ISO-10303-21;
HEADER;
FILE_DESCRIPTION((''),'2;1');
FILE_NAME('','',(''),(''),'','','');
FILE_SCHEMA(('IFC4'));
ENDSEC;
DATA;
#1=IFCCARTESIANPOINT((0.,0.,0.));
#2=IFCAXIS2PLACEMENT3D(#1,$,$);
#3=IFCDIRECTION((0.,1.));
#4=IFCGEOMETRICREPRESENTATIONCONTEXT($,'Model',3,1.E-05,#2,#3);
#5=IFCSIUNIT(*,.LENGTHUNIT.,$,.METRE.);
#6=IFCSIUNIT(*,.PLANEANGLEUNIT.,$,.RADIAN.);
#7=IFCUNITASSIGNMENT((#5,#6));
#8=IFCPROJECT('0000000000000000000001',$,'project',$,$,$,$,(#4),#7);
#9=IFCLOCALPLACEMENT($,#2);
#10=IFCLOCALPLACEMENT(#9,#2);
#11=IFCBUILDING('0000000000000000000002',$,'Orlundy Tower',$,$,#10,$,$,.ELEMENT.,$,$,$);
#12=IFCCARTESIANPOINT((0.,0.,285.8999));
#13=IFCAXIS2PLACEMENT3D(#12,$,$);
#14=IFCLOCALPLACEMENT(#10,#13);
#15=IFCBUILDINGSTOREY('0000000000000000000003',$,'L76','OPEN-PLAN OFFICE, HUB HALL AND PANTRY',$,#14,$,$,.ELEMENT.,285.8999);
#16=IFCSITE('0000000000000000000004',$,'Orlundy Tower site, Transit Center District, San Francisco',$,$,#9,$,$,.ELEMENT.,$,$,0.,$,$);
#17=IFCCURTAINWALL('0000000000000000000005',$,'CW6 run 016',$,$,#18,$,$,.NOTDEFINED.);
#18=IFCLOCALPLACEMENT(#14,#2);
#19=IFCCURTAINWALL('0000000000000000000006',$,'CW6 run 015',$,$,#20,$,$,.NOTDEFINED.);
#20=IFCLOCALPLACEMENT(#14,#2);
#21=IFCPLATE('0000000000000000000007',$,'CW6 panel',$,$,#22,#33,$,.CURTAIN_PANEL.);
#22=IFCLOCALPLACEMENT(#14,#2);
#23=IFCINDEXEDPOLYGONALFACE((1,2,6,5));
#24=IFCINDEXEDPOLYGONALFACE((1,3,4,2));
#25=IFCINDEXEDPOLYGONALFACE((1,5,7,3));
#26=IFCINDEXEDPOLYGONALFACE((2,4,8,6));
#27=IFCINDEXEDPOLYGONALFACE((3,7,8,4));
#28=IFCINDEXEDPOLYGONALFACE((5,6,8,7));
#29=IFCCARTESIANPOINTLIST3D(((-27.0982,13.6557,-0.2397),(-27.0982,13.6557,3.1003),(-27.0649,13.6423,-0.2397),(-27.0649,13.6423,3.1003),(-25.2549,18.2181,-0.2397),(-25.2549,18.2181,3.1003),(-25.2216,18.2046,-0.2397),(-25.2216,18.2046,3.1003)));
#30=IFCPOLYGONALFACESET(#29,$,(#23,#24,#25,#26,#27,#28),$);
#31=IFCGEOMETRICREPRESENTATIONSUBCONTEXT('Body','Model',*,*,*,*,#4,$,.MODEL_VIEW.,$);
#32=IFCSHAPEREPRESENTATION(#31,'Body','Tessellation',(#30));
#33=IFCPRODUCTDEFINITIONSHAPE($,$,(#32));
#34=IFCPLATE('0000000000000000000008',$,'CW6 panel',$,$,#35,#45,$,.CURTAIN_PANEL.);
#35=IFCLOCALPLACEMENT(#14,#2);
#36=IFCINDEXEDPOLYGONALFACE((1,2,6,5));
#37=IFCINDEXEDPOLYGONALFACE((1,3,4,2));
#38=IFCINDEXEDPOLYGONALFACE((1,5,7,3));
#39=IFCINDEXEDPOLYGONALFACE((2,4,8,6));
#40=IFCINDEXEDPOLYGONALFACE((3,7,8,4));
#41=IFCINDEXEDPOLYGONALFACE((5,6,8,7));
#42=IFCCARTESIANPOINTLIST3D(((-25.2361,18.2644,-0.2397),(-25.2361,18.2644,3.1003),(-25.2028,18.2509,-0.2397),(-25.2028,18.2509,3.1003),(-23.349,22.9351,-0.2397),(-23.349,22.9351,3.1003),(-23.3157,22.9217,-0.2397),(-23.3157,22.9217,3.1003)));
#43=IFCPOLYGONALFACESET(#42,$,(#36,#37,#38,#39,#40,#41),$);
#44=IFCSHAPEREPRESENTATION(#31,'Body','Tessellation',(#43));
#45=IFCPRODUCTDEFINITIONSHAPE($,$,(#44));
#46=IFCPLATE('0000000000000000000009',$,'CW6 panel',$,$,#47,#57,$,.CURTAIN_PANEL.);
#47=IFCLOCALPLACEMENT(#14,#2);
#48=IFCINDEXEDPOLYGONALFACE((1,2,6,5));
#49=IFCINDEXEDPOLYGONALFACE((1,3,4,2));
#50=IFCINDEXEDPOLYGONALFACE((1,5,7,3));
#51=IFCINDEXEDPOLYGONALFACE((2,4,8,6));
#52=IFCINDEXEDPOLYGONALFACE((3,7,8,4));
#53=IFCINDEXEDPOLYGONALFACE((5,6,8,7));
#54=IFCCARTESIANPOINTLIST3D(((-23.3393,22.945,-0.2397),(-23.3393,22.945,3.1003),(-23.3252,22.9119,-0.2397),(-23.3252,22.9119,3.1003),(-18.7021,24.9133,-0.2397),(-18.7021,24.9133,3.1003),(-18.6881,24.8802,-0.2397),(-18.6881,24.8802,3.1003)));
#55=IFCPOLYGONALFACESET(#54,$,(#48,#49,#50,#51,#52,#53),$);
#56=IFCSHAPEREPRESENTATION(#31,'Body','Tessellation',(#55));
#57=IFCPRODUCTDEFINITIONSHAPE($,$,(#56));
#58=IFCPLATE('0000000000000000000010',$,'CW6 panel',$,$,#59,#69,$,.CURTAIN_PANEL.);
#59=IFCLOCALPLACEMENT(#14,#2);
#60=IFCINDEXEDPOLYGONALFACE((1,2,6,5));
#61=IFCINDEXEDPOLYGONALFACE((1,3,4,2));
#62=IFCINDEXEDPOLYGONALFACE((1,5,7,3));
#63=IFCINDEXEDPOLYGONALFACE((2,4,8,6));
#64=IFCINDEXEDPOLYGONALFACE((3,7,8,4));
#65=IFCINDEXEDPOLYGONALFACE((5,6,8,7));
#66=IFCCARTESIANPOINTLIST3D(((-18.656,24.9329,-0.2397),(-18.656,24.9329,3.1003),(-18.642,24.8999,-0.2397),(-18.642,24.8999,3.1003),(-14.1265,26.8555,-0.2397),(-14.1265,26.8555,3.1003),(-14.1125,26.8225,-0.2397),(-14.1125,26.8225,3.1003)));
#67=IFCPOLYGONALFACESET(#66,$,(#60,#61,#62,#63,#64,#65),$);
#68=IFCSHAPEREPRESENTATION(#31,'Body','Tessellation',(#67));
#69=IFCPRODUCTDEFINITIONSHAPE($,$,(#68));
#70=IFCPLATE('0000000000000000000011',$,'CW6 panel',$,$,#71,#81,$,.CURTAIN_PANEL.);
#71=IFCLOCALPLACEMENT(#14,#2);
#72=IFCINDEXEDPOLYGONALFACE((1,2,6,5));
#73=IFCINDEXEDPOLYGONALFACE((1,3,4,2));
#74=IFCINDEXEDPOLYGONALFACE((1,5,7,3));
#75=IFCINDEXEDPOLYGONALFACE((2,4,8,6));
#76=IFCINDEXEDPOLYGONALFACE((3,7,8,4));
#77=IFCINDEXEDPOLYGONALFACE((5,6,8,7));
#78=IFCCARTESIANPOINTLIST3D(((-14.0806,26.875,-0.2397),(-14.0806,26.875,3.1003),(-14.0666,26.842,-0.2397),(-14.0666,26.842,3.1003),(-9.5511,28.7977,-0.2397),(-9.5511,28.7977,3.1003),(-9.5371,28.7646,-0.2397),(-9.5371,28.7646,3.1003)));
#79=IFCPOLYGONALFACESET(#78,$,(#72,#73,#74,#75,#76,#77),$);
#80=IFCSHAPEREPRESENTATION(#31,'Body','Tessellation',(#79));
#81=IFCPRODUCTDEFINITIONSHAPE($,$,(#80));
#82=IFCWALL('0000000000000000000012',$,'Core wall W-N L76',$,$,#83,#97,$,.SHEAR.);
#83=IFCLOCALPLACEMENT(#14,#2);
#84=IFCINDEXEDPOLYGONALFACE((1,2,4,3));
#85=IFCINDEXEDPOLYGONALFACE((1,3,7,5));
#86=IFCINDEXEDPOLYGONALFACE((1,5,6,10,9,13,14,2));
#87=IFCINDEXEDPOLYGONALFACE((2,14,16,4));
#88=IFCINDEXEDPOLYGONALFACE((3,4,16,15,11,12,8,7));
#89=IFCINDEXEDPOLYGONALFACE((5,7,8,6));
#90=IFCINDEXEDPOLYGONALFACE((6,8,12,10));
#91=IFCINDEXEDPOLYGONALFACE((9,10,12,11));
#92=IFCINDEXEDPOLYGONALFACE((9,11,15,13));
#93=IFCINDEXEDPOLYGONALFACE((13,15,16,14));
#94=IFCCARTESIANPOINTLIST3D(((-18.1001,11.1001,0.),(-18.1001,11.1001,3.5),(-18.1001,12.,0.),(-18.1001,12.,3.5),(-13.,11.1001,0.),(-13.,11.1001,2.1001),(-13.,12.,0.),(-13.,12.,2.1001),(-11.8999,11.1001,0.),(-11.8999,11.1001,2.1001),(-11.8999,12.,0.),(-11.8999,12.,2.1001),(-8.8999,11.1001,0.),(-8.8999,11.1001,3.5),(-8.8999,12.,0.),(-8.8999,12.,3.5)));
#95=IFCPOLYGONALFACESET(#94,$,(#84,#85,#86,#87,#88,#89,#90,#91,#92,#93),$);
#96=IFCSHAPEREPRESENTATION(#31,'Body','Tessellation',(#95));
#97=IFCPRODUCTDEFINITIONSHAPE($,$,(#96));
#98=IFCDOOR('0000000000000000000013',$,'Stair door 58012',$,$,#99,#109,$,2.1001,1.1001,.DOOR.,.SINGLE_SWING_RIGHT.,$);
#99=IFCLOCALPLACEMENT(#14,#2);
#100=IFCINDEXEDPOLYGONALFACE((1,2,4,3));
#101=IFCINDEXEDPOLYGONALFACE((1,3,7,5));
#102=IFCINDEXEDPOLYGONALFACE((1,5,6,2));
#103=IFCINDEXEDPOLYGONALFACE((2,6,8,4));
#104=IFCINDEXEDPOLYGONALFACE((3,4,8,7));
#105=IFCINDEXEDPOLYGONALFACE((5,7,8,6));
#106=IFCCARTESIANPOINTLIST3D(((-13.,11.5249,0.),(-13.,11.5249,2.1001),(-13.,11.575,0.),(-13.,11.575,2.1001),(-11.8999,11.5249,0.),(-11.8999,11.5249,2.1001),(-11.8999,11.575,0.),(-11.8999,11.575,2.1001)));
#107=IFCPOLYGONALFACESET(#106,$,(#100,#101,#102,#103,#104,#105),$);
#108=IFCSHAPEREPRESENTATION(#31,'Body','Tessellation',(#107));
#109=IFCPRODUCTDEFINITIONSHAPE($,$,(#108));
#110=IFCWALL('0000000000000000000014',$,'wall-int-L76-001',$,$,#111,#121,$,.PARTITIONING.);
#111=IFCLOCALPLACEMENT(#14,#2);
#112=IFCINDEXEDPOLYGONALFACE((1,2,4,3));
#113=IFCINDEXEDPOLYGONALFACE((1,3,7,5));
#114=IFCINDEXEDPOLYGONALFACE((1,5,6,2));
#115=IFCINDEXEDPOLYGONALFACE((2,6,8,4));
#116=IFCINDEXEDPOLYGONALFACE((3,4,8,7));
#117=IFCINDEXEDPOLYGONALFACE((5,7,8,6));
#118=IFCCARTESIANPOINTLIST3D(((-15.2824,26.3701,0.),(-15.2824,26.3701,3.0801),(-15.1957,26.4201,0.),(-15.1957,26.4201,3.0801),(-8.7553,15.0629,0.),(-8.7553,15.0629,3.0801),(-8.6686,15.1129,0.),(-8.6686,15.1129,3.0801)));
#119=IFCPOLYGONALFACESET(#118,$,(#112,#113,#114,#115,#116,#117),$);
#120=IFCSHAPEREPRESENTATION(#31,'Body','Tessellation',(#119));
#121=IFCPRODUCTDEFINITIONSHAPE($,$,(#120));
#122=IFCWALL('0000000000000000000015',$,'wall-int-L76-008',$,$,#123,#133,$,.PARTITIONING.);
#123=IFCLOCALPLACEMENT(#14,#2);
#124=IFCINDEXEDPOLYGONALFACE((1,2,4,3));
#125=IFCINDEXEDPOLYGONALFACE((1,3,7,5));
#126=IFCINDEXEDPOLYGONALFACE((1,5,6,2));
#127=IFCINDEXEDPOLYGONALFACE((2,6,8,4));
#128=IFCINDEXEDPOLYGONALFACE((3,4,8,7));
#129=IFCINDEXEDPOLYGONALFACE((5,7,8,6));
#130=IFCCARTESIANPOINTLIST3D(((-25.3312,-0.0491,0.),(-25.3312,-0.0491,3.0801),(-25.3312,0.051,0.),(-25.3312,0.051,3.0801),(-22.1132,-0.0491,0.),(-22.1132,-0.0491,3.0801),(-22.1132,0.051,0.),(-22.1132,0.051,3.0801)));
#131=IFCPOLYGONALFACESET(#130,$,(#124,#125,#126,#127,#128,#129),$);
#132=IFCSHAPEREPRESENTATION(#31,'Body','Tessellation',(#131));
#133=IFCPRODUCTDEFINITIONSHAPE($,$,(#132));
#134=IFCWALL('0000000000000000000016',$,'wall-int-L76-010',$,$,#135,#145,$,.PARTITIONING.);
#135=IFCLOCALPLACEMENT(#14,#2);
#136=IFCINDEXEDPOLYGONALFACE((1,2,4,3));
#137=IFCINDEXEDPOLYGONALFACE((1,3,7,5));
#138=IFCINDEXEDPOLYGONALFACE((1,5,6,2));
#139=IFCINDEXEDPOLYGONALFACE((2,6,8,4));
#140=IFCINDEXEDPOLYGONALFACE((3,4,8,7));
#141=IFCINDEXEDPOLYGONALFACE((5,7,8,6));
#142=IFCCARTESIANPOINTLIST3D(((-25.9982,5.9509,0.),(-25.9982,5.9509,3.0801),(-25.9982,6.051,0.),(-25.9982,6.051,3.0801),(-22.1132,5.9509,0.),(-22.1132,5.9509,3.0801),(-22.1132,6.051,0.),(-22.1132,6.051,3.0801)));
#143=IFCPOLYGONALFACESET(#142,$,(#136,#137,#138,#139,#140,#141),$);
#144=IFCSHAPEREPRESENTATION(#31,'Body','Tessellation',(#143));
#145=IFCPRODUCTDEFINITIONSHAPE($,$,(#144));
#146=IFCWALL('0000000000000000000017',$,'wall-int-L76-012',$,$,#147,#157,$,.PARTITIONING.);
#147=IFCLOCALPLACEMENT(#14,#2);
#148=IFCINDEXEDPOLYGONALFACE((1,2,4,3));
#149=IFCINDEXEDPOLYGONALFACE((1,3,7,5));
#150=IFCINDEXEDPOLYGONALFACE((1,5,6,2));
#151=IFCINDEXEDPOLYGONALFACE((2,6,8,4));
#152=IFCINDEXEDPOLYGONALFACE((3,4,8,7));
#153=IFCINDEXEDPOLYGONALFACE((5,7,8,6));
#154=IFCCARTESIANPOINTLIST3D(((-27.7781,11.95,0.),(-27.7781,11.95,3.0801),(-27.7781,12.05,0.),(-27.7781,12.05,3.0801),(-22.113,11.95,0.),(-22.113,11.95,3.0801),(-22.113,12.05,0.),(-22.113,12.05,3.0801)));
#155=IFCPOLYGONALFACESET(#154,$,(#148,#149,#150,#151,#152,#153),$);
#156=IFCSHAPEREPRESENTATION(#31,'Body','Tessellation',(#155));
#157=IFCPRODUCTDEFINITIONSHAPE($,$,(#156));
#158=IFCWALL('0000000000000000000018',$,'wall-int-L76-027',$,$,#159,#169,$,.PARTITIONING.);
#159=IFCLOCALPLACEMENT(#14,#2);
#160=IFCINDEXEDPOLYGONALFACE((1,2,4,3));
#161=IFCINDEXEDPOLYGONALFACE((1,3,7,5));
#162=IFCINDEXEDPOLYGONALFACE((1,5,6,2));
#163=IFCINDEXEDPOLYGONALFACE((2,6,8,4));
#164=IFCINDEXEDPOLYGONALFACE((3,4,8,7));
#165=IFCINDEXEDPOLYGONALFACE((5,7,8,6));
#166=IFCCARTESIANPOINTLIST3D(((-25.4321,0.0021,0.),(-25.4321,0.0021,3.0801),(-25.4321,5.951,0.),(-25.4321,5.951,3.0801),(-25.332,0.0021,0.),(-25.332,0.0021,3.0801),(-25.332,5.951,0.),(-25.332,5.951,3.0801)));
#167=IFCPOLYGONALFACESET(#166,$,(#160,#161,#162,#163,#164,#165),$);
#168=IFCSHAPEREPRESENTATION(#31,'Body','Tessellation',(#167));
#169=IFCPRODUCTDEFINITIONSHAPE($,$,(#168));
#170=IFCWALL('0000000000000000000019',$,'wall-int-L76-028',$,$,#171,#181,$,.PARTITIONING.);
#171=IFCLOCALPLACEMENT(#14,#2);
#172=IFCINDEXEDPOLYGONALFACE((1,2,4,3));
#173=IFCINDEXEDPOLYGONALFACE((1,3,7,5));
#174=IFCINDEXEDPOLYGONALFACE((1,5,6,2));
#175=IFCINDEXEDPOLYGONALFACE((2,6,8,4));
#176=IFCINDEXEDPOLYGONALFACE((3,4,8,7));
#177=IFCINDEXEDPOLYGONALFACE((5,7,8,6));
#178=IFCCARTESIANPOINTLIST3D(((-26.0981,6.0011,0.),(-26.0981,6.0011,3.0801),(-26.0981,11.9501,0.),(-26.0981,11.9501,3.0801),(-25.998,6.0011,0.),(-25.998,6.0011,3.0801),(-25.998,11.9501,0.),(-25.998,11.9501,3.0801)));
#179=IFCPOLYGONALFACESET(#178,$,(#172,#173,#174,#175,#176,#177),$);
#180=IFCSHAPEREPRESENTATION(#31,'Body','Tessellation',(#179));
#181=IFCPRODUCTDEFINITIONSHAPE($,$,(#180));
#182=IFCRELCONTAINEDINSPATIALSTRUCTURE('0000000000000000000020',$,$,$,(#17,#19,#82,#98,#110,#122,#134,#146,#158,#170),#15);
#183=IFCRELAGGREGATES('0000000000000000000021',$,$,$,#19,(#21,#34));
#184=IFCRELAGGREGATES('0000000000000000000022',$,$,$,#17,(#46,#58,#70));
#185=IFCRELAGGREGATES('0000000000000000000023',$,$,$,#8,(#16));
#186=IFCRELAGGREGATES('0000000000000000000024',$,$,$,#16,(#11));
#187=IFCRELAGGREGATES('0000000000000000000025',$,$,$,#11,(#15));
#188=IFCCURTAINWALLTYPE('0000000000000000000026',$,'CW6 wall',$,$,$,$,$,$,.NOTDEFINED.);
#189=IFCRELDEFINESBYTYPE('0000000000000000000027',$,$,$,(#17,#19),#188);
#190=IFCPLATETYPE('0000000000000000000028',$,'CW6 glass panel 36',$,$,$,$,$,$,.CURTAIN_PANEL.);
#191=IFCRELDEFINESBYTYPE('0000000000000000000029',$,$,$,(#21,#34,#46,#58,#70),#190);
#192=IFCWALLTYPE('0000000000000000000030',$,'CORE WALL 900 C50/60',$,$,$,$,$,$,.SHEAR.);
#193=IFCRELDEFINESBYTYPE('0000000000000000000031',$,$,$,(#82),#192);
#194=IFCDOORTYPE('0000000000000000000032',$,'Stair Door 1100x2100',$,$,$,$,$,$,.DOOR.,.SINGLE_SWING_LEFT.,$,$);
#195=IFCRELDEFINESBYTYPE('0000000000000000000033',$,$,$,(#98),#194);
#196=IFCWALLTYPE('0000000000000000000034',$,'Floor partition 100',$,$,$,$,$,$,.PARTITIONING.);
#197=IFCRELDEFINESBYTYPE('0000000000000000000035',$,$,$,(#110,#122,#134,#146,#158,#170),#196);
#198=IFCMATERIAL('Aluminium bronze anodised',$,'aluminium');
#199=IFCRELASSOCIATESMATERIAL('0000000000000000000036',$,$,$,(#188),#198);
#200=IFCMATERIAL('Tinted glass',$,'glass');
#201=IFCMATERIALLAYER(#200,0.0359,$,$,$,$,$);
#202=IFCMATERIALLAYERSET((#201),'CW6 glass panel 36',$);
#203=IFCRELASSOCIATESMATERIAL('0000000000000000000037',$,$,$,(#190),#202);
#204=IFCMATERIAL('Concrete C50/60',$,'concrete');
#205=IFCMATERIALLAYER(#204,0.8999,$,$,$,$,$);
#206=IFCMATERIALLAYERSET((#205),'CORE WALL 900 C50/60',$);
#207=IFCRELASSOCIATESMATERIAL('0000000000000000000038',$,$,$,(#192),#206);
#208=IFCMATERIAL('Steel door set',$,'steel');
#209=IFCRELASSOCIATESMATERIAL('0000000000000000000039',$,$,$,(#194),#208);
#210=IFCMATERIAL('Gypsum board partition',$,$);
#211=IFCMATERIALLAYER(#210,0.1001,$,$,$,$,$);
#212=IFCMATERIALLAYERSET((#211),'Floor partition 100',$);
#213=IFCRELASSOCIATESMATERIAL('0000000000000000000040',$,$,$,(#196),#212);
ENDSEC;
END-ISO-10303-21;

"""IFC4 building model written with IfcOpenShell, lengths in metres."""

from ifc_helpers import new_model, si_unit, direction, frame, frame_2d, origin, origin_2d, place, context, subcontext, project, spatial, rectangle, extrude, material, layer, layer_set, type_object, element, fill, aggregate, save


model = new_model("IFC4")

# Units and contexts
model_context = context("Model", 3, precision=1e-05, world=origin(), true_north=direction((0.0, 1.0)))
body_context = subcontext(model_context, "Body", "Model", "MODEL_VIEW")
ifc_project = project(units=[si_unit("LENGTHUNIT", "METRE"), si_unit("PLANEANGLEUNIT", "RADIAN")], contexts=[model_context])

# Site, building, storey
site_placement = place(None, origin())
site = spatial("IfcSite", under=ifc_project, at=site_placement, Name="Orlundy Tower site, Transit Center District, San Francisco", CompositionType="ELEMENT", RefElevation=0.0)
building_placement = place(site_placement, origin())
building = spatial("IfcBuilding", under=site, at=building_placement, Name="Orlundy Tower", CompositionType="ELEMENT")
storey_placement = place(building_placement, frame((0.0, 0.0, 285.8999)))
storey = spatial("IfcBuildingStorey", under=building, at=storey_placement, Name="L76", Description="OPEN-PLAN OFFICE, HUB HALL AND PANTRY", CompositionType="ELEMENT", Elevation=285.8999)

# Curtain wall
ifc_material_1 = material(Name="Aluminium bronze anodised", Category="aluminium")
curtain_wall_type = type_object("IfcCurtainWallType", Name="CW6 wall", PredefinedType="NOTDEFINED", material=ifc_material_1)
curtain_wall_1_placement = place(storey_placement, origin())
curtain_wall_1 = element("IfcCurtainWall", 1, at=curtain_wall_1_placement, inside=storey, type_object=curtain_wall_type, Name="CW6 run 016", PredefinedType="NOTDEFINED")

# Curtain wall
curtain_wall_2_placement = place(storey_placement, origin())
curtain_wall_2 = element("IfcCurtainWall", 2, at=curtain_wall_2_placement, inside=storey, type_object=curtain_wall_type, Name="CW6 run 015", PredefinedType="NOTDEFINED")

# Plates
ifc_material_2 = material(Name="Tinted glass", Category="glass")
ifc_layer_1 = layer(ifc_material_2, 0.0359)
ifc_layer_set_1 = layer_set([ifc_layer_1], Name="CW6 glass panel 36")
plate_type = type_object("IfcPlateType", Name="CW6 glass panel 36", PredefinedType="CURTAIN_PANEL", material=ifc_layer_set_1)
plate_1_placement = place(storey_placement, frame((-26.1599, 15.9302, -0.2397), z_axis=(0.0, 0.0, 1.0), x_axis=(0.374607, 0.927184, 0.0)))
plate_1 = element("IfcPlate", 3, at=plate_1_placement, type_object=plate_type, Name="CW6 panel", PredefinedType="CURTAIN_PANEL", context=body_context, shape_type="SweptSolid", body=[
    extrude(rectangle(XDim=4.9207, YDim=0.0359, at=origin_2d()), origin(), (0.0, 0.0, 1.0), 3.3401),
])
plate_2_placement = place(storey_placement, frame((-24.2759, 20.593, -0.2397), z_axis=(0.0, 0.0, 1.0), x_axis=(0.374607, 0.927184, 0.0)))
plate_2 = element("IfcPlate", 4, at=plate_2_placement, type_object=plate_type, Name="CW6 panel", PredefinedType="CURTAIN_PANEL", context=body_context, shape_type="SweptSolid", body=[
    extrude(rectangle(XDim=5.0376, YDim=0.0359, at=origin_2d()), origin(), (0.0, 0.0, 1.0), 3.3401),
])
aggregate(curtain_wall_2, [plate_1, plate_2])
plate_3_placement = place(storey_placement, frame((-21.0137, 23.9126, -0.2397), z_axis=(0.0, 0.0, 1.0), x_axis=(0.920507, 0.390727, 0.0)))
plate_3 = element("IfcPlate", 5, at=plate_3_placement, type_object=plate_type, Name="CW6 panel", PredefinedType="CURTAIN_PANEL", context=body_context, shape_type="SweptSolid", body=[
    extrude(rectangle(XDim=5.0376, YDim=0.0359, at=origin_2d()), origin(), (0.0, 0.0, 1.0), 3.3401),
])
plate_4_placement = place(storey_placement, frame((-16.3843, 25.8777, -0.2397), z_axis=(0.0, 0.0, 1.0), x_axis=(0.920507, 0.390727, 0.0)))
plate_4 = element("IfcPlate", 6, at=plate_4_placement, type_object=plate_type, Name="CW6 panel", PredefinedType="CURTAIN_PANEL", context=body_context, shape_type="SweptSolid", body=[
    extrude(rectangle(XDim=4.9207, YDim=0.0359, at=origin_2d()), origin(), (0.0, 0.0, 1.0), 3.3401),
])
plate_5_placement = place(storey_placement, frame((-11.8088, 27.8198, -0.2397), z_axis=(0.0, 0.0, 1.0), x_axis=(0.920507, 0.390727, 0.0)))
plate_5 = element("IfcPlate", 7, at=plate_5_placement, type_object=plate_type, Name="CW6 panel", PredefinedType="CURTAIN_PANEL", context=body_context, shape_type="SweptSolid", body=[
    extrude(rectangle(XDim=4.9207, YDim=0.0359, at=origin_2d()), origin(), (0.0, 0.0, 1.0), 3.3401),
])
aggregate(curtain_wall_1, [plate_3, plate_4, plate_5])

# Wall, opening, door
ifc_material_3 = material(Name="Concrete C50/60", Category="concrete")
ifc_layer_2 = layer(ifc_material_3, 0.8999)
ifc_layer_set_2 = layer_set([ifc_layer_2], Name="CORE WALL 900 C50/60")
wall_type_1 = type_object("IfcWallType", Name="CORE WALL 900 C50/60", PredefinedType="SHEAR", material=ifc_layer_set_2)
wall_1_placement = place(storey_placement, frame((-18.1001, 11.55, 0.0), z_axis=(0.0, 0.0, 1.0), x_axis=(1.0, 0.0, 0.0)))
wall_1 = element("IfcWall", 8, at=wall_1_placement, inside=storey, type_object=wall_type_1, Name="Core wall W-N L76", PredefinedType="SHEAR", context=body_context, shape_type="SweptSolid", body=[
    extrude(rectangle(XDim=9.2002, YDim=0.8999, at=frame_2d((4.6001, 0.0))), origin(), (0.0, 0.0, 1.0), 3.5),
])
opening_1_placement = place(wall_1_placement, frame((5.1001, 0.0, 0.0)))
opening_1 = element("IfcOpeningElement", 9, at=opening_1_placement, cuts=wall_1, PredefinedType="OPENING", context=body_context, shape_type="SweptSolid", body=[
    extrude(rectangle(XDim=1.1001, YDim=2.1001, at=frame_2d((0.55, 1.05))), frame((0.0, 0.46, 0.0), z_axis=(0.0, -1.0, 0.0), x_axis=(1.0, 0.0, 0.0)), (0.0, 0.0, 1.0), 0.9199),
])
ifc_material_4 = material(Name="Steel door set", Category="steel")
door_type_1 = type_object("IfcDoorType", Name="Stair Door 1100x2100", OperationType="SINGLE_SWING_LEFT", PredefinedType="DOOR", material=ifc_material_4)
door_1_placement = place(opening_1_placement, origin())
door_1 = element("IfcDoor", 10, at=door_1_placement, inside=storey, type_object=door_type_1, Name="Stair door 58012", OperationType="SINGLE_SWING_RIGHT", OverallHeight=2.1001, OverallWidth=1.1001, PredefinedType="DOOR", context=body_context, shape_type="SweptSolid", body=[
    extrude(rectangle(XDim=1.1001, YDim=2.1001, at=frame_2d((0.55, 1.05))), frame((0.0, 0.0249, 0.0), z_axis=(0.0, -1.0, 0.0), x_axis=(1.0, 0.0, 0.0)), (0.0, 0.0, 1.0), 0.05),
])
fill(opening_1, door_1)

# Walls
ifc_material_5 = material(Name="Gypsum board partition")
ifc_layer_3 = layer(ifc_material_5, 0.1001)
ifc_layer_set_3 = layer_set([ifc_layer_3], Name="Floor partition 100")
wall_type_2 = type_object("IfcWallType", Name="Floor partition 100", PredefinedType="PARTITIONING", material=ifc_layer_set_3)
wall_2_placement = place(storey_placement, frame((-15.239, 26.395, 0.0), z_axis=(0.0, 0.0, 1.0), x_axis=(0.499938, -0.866061, 0.0)))
element("IfcWall", 11, at=wall_2_placement, inside=storey, type_object=wall_type_2, Name="wall-int-L76-001", PredefinedType="PARTITIONING", context=body_context, shape_type="SweptSolid", body=[
    extrude(rectangle(XDim=13.0559, YDim=0.1001, at=frame_2d((6.5278, 0.0))), origin(), (0.0, 0.0, 1.0), 3.0801),
])
wall_3_placement = place(storey_placement, frame((-25.3311, 0.001, 0.0), z_axis=(0.0, 0.0, 1.0), x_axis=(1.0, 0.0, 0.0)))
element("IfcWall", 12, at=wall_3_placement, inside=storey, type_object=wall_type_2, Name="wall-int-L76-008", PredefinedType="PARTITIONING", context=body_context, shape_type="SweptSolid", body=[
    extrude(rectangle(XDim=3.218, YDim=0.1001, at=frame_2d((1.6089, 0.0))), origin(), (0.0, 0.0, 1.0), 3.0801),
])
wall_4_placement = place(storey_placement, frame((-25.998, 6.001, 0.0), z_axis=(0.0, 0.0, 1.0), x_axis=(1.0, 0.0, 0.0)))
element("IfcWall", 13, at=wall_4_placement, inside=storey, type_object=wall_type_2, Name="wall-int-L76-010", PredefinedType="PARTITIONING", context=body_context, shape_type="SweptSolid", body=[
    extrude(rectangle(XDim=3.885, YDim=0.1001, at=frame_2d((1.9424, 0.0))), origin(), (0.0, 0.0, 1.0), 3.0801),
])
wall_5_placement = place(storey_placement, frame((-27.7781, 12.0, 0.0), z_axis=(0.0, 0.0, 1.0), x_axis=(1.0, 0.0, 0.0)))
element("IfcWall", 14, at=wall_5_placement, inside=storey, type_object=wall_type_2, Name="wall-int-L76-012", PredefinedType="PARTITIONING", context=body_context, shape_type="SweptSolid", body=[
    extrude(rectangle(XDim=5.665, YDim=0.1001, at=frame_2d((2.8325, 0.0))), origin(), (0.0, 0.0, 1.0), 3.0801),
])
for number, where, z_axis, x_axis, name in (
    (15, (-25.3821, 0.002, 0.0), (0.0, 0.0, 1.0), (0.0, 1.0, 0.0), "wall-int-L76-027"),
    (16, (-26.0481, 6.001, 0.0), (0.0, 0.0, 1.0), (0.0, 1.0, 0.0), "wall-int-L76-028"),
):
    element("IfcWall", number, at=place(storey_placement, frame(where, z_axis=z_axis, x_axis=x_axis)), inside=storey, type_object=wall_type_2, Name=name, PredefinedType="PARTITIONING", context=body_context, shape_type="SweptSolid", body=[
        extrude(rectangle(XDim=5.949, YDim=0.1001, at=frame_2d((2.9746, 0.0))), origin(), (0.0, 0.0, 1.0), 3.0801),
    ])

save(model, "model.ifc")
